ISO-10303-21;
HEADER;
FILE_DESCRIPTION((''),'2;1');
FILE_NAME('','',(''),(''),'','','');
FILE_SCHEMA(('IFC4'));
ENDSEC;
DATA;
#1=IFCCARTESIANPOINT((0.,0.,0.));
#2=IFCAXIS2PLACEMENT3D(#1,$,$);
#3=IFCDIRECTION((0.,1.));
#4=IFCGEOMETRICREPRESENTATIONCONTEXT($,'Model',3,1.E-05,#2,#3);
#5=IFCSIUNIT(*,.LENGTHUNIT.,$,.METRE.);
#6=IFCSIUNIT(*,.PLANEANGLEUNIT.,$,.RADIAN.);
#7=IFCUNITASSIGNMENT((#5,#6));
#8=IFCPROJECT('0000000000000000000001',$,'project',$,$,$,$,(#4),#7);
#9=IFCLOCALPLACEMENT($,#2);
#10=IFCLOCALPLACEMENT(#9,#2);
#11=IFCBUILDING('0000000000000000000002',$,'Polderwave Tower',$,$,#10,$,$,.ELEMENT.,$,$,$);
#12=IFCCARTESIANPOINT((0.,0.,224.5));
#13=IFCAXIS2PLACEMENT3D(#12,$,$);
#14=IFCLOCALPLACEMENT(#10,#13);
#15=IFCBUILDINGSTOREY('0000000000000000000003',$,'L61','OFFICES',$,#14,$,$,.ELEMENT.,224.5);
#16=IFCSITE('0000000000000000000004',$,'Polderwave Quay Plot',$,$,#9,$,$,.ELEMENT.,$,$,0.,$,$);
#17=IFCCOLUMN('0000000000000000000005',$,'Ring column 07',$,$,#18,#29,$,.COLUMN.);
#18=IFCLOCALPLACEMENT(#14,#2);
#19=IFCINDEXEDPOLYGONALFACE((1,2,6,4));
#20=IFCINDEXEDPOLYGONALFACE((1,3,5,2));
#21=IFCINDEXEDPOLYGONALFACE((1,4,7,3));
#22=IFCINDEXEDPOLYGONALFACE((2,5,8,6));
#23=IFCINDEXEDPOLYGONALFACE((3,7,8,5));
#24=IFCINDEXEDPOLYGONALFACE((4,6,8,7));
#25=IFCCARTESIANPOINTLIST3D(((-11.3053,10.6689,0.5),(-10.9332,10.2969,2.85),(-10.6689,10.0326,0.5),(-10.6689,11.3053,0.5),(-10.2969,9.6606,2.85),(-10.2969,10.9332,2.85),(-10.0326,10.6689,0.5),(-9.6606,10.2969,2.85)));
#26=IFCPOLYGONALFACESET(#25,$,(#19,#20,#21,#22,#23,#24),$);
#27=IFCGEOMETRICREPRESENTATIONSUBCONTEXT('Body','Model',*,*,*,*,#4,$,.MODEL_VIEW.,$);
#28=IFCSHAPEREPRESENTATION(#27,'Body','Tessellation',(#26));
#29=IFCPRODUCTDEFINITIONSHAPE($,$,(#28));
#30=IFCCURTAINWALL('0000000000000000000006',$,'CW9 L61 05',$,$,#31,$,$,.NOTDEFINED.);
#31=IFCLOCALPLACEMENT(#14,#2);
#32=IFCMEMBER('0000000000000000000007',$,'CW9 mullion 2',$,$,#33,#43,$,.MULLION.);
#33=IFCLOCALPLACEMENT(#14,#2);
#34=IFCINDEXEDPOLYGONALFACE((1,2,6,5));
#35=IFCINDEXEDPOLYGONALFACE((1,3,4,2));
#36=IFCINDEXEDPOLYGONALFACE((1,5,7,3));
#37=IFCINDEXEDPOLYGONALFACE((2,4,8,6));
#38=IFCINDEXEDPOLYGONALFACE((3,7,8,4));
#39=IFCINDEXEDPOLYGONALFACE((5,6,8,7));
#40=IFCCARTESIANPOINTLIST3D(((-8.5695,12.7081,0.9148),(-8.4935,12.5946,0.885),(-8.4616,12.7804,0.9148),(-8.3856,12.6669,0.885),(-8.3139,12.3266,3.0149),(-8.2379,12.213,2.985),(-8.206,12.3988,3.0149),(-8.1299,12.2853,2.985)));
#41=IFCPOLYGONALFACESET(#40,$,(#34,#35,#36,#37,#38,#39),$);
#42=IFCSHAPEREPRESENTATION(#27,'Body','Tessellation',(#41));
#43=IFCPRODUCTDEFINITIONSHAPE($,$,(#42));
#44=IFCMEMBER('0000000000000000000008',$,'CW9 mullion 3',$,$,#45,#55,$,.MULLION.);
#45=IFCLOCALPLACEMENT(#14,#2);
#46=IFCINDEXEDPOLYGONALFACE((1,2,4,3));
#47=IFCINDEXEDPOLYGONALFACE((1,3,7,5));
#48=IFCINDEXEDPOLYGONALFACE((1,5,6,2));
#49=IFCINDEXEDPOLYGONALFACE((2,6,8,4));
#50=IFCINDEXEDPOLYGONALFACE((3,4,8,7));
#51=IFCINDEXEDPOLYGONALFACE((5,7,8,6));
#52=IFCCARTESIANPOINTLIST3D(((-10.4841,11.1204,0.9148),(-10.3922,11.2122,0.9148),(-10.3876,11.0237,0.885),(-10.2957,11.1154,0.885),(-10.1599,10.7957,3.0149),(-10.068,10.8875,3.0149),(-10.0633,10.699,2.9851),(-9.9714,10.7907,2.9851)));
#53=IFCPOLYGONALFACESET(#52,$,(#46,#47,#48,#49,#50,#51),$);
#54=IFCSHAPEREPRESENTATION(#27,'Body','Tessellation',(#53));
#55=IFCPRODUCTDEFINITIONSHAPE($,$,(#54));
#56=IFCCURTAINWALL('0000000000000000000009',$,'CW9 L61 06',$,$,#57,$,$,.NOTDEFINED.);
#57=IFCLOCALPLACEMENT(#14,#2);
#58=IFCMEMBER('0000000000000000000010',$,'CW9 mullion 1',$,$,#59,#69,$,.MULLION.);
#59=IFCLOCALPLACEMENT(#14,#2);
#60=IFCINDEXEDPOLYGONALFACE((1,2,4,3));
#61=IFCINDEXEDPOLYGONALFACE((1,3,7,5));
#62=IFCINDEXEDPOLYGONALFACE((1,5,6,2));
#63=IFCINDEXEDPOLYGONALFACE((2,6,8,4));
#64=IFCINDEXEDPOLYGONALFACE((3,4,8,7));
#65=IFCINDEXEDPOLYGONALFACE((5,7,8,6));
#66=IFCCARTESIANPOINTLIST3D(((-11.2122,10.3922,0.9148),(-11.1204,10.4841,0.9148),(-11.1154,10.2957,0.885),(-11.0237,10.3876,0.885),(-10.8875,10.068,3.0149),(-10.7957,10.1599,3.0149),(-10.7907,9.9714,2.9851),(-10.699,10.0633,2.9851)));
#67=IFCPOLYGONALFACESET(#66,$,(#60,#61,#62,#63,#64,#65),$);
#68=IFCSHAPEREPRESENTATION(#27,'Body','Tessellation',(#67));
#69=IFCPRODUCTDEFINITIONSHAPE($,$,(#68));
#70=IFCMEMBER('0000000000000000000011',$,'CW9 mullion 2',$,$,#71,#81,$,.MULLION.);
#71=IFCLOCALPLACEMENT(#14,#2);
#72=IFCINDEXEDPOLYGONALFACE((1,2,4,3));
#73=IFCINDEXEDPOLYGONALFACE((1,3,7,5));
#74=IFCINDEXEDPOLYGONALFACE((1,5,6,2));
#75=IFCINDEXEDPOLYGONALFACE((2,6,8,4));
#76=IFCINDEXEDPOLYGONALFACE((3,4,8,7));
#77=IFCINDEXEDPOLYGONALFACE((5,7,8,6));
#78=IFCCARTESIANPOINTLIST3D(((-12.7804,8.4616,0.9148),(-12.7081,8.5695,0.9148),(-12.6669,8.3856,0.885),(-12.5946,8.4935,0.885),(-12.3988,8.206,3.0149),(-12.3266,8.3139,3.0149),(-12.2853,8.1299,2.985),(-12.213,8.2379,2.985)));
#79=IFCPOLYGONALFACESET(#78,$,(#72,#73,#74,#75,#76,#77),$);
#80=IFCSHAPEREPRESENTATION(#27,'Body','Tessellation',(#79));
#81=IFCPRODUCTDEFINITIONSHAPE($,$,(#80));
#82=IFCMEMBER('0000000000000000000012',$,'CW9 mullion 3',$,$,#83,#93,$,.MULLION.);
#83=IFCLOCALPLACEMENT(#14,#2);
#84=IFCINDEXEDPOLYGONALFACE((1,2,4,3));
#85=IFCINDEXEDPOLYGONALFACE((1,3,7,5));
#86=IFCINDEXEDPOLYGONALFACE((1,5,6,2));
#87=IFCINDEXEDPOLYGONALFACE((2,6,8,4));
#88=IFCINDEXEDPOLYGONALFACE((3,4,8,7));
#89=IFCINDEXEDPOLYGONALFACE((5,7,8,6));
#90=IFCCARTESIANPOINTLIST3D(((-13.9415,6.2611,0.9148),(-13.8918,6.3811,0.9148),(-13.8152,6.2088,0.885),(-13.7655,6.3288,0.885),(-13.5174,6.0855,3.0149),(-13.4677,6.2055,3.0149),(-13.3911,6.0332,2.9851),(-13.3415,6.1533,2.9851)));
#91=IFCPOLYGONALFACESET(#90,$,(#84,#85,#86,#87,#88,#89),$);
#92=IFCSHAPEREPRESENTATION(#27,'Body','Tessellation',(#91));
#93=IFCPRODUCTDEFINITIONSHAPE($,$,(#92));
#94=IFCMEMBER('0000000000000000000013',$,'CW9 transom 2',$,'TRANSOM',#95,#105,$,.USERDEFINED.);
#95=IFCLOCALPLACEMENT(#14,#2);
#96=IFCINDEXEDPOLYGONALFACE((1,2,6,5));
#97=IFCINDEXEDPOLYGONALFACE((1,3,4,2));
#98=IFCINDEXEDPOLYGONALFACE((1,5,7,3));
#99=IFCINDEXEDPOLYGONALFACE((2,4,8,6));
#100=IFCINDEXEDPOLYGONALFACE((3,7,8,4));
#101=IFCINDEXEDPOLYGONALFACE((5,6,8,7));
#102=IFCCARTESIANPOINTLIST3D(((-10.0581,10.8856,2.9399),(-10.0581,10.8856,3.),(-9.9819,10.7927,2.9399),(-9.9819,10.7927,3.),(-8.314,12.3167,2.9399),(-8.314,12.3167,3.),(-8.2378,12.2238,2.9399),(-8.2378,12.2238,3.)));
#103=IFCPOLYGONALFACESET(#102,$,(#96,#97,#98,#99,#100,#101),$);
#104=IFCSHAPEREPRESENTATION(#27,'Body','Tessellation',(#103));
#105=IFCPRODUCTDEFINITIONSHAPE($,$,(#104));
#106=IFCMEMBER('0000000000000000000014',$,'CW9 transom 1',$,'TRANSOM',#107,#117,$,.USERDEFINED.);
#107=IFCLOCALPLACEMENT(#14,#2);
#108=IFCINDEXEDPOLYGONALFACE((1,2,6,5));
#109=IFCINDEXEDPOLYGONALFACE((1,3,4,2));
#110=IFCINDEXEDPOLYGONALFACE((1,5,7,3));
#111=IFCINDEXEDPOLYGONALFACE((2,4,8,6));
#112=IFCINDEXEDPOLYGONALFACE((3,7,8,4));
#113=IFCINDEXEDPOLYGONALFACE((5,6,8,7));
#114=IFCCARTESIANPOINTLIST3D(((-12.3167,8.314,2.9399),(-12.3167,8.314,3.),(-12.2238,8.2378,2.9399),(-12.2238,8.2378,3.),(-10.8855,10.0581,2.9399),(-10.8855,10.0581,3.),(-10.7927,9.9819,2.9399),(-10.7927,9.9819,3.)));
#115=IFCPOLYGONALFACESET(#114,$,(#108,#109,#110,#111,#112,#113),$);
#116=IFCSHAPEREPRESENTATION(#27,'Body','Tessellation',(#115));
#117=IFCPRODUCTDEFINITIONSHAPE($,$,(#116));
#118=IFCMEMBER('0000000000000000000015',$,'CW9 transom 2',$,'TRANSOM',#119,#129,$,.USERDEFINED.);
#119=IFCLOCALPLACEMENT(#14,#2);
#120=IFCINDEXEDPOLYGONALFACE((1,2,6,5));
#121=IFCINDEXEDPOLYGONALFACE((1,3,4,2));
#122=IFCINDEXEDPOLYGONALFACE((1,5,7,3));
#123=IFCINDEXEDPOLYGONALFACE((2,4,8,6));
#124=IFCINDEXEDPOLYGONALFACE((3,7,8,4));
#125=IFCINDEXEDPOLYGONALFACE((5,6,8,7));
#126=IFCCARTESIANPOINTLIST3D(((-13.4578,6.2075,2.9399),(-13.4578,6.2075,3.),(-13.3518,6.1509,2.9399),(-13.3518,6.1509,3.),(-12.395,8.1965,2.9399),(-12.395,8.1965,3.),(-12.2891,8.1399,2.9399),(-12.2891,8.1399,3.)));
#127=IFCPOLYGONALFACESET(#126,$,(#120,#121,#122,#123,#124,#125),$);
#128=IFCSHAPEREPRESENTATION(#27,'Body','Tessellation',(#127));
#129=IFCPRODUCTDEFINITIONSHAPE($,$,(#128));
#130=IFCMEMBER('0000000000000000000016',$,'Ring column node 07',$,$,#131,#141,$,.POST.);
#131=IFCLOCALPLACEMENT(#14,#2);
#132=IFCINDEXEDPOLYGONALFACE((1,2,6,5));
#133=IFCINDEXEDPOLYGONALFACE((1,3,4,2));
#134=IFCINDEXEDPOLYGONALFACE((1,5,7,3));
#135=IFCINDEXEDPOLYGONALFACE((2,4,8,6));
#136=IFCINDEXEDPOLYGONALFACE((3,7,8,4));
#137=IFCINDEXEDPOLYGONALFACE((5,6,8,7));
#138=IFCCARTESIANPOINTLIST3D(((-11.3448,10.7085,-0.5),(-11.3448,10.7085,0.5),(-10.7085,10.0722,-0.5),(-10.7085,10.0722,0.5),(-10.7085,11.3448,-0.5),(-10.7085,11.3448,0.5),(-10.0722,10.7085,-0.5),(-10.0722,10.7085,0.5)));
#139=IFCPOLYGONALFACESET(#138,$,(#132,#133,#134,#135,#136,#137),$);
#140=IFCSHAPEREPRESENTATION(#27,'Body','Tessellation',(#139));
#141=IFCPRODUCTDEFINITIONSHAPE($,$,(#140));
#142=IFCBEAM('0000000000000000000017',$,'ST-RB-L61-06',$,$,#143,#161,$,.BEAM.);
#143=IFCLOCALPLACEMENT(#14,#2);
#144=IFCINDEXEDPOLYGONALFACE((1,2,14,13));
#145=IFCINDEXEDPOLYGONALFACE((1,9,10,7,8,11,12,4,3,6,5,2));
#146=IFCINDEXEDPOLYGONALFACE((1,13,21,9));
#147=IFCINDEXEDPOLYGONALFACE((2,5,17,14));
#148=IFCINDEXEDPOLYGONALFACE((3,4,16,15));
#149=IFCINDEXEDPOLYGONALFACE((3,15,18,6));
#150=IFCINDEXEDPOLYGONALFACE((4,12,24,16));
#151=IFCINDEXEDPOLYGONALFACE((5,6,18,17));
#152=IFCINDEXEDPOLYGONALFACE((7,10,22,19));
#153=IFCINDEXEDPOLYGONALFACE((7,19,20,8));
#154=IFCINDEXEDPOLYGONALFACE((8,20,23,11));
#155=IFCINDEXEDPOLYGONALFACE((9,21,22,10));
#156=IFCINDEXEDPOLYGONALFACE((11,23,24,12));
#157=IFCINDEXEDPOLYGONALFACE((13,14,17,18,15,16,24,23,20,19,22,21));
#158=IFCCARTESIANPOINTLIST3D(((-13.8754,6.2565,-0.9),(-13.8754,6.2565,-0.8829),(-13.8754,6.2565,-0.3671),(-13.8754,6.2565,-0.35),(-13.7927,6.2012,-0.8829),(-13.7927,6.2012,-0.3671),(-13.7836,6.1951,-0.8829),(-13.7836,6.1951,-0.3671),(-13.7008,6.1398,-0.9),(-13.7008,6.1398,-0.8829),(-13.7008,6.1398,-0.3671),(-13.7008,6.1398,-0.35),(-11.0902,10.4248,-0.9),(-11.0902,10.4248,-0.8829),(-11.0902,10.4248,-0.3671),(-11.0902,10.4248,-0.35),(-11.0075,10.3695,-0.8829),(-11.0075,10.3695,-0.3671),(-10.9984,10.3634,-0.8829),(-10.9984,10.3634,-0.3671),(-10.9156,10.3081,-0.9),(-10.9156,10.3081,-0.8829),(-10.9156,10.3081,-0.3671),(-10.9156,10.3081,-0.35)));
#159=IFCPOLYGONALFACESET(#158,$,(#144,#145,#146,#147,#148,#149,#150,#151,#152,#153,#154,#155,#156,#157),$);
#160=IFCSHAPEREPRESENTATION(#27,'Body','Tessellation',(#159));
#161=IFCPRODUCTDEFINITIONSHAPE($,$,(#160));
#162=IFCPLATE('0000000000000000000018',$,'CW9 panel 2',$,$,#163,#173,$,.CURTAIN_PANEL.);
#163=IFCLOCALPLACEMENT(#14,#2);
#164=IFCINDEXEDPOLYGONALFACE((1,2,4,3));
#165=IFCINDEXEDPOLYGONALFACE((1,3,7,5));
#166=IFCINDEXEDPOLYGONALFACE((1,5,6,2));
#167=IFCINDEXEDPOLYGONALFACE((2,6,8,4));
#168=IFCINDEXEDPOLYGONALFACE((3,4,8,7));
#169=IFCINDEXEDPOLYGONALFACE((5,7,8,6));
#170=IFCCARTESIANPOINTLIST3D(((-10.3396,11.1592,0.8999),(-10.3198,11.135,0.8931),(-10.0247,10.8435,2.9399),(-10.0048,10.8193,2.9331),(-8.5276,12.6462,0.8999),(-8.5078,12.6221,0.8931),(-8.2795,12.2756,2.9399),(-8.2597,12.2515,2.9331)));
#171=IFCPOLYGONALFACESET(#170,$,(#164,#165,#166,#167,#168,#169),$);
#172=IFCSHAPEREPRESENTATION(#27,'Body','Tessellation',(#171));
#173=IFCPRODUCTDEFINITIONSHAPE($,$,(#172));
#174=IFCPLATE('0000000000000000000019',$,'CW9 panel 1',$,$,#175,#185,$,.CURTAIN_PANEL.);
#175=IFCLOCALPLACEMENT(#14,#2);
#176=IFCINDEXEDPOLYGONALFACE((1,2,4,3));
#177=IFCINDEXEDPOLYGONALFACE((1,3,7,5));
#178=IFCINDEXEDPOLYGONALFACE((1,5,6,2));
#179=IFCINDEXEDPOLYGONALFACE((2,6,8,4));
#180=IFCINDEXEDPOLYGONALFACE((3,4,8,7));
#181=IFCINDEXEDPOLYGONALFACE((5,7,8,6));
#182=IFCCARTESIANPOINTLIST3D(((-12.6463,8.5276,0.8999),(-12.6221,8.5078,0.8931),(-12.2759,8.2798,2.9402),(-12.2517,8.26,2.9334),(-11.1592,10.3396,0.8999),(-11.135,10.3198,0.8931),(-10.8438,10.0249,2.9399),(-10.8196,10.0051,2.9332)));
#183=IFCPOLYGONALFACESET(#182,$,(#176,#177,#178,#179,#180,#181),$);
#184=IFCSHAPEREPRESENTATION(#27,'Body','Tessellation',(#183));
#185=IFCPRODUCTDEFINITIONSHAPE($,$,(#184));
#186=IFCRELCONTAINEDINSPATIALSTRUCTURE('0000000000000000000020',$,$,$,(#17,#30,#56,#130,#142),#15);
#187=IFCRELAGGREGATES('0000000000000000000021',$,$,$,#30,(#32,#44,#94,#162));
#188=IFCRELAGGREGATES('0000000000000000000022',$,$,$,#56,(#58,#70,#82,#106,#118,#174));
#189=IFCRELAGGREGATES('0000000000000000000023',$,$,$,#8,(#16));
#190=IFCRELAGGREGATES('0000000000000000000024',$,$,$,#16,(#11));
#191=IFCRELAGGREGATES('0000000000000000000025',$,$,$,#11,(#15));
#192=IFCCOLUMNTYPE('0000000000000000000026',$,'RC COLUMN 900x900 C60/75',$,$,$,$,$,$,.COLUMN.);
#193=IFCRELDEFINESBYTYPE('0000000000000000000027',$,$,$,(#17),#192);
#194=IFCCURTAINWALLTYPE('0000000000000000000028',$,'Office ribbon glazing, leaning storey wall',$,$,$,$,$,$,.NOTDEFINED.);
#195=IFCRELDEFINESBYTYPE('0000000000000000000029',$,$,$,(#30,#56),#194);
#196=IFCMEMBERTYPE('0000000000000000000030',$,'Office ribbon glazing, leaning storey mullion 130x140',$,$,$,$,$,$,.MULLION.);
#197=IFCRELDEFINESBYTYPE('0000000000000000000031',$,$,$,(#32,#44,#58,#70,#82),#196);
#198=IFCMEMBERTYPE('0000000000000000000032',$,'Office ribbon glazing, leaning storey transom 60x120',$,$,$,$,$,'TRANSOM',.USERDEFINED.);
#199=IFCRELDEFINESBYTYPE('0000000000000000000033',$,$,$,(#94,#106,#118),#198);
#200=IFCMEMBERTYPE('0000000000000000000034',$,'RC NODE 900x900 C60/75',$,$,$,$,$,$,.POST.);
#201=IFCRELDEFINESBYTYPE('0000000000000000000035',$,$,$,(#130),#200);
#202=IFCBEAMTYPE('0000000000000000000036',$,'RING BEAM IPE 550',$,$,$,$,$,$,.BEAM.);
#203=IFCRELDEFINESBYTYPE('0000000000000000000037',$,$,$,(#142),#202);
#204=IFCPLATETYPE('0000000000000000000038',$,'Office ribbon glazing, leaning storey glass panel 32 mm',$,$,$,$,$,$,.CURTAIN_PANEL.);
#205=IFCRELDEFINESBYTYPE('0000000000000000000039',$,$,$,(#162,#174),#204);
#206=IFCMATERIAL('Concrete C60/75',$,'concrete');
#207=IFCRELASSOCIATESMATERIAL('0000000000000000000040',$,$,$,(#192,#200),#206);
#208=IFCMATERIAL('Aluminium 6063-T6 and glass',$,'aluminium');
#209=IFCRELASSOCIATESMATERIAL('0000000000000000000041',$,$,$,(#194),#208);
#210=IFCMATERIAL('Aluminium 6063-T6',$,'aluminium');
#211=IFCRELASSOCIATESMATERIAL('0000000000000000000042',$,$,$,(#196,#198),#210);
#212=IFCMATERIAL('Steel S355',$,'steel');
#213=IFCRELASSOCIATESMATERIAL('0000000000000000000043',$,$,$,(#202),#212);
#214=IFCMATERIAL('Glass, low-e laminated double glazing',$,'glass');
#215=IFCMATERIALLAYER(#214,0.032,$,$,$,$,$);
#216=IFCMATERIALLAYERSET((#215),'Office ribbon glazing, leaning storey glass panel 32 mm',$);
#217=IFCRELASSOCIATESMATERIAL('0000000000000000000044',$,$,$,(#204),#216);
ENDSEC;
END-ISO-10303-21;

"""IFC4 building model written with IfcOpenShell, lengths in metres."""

from ifc_helpers import new_model, si_unit, direction, frame, origin, origin_2d, place, context, subcontext, project, spatial, polyline, rectangle, i_section, outline, extrude, material, layer, layer_set, material_profile, profile_set, type_object, element, aggregate, save


model = new_model("IFC4")

# Units and contexts
model_context = context("Model", 3, precision=1e-05, world=origin(), true_north=direction((0.0, 1.0)))
body_context = subcontext(model_context, "Body", "Model", "MODEL_VIEW")
ifc_project = project(units=[si_unit("LENGTHUNIT", "METRE"), si_unit("PLANEANGLEUNIT", "RADIAN")], contexts=[model_context])

# Site, building, storey
site_placement = place(None, origin())
site = spatial("IfcSite", under=ifc_project, at=site_placement, Name="Polderwave Quay Plot", CompositionType="ELEMENT", RefElevation=0.0)
building_placement = place(site_placement, origin())
building = spatial("IfcBuilding", under=site, at=building_placement, Name="Polderwave Tower", CompositionType="ELEMENT")
storey_placement = place(building_placement, frame((0.0, 0.0, 224.5)))
storey = spatial("IfcBuildingStorey", under=building, at=storey_placement, Name="L61", Description="OFFICES", CompositionType="ELEMENT", Elevation=224.5)

# Column
ifc_material_1 = material(Name="Concrete C60/75", Category="concrete")
ifc_material_profile_1 = material_profile(ifc_material_1, rectangle(XDim=0.8999, YDim=0.8999, at=origin_2d()), Name="RC 900x900")
ifc_profile_set_1 = profile_set([ifc_material_profile_1], Name="Concrete C60/75")
column_type = type_object("IfcColumnType", Name="RC COLUMN 900x900 C60/75", PredefinedType="COLUMN", material=ifc_profile_set_1)
column_placement = place(storey_placement, frame((-10.6689, 10.6689, 0.5), z_axis=(0.0, 0.0, 1.0), x_axis=(0.707107, 0.707107, 0.0)))
element("IfcColumn", 1, at=column_placement, inside=storey, type_object=column_type, Name="Ring column 07", PredefinedType="COLUMN", context=body_context, shape_type="SweptSolid", body=[
    extrude(rectangle(XDim=0.8999, YDim=0.8999, at=origin_2d()), origin(), (0.0, -0.21849, 0.975839), 2.4082),
])

# Curtain walls, members
ifc_material_2 = material(Name="Aluminium 6063-T6 and glass", Category="aluminium")
curtain_wall_type = type_object("IfcCurtainWallType", Name="Office ribbon glazing, leaning storey wall", PredefinedType="NOTDEFINED", material=ifc_material_2)
curtain_wall_1_placement = place(storey_placement, origin())
curtain_wall_1 = element("IfcCurtainWall", 2, at=curtain_wall_1_placement, inside=storey, type_object=curtain_wall_type, Name="CW9 L61 05", PredefinedType="NOTDEFINED")
ifc_material_3 = material(Name="Aluminium 6063-T6", Category="aluminium")
ifc_material_profile_2 = material_profile(ifc_material_3, rectangle(XDim=0.1299, YDim=0.1399, at=origin_2d()), Name="AL 130x140")
ifc_profile_set_2 = profile_set([ifc_material_profile_2], Name="Aluminium 6063-T6")
member_type_1 = type_object("IfcMemberType", Name="Office ribbon glazing, leaning storey mullion 130x140", PredefinedType="MULLION", material=ifc_profile_set_2)
member_1_placement = place(storey_placement, frame((-8.4775, 12.6875, 0.8999), z_axis=(0.118905, -0.177506, 0.97691), x_axis=(0.830822, 0.556539, 0.0)))
member_1 = element("IfcMember", 3, at=member_1_placement, type_object=member_type_1, Name="CW9 mullion 2", PredefinedType="MULLION", context=body_context, shape_type="SweptSolid", body=[
    extrude(rectangle(XDim=0.1299, YDim=0.1399, at=origin_2d()), origin(), (0.0, 0.0, 1.0), 2.1497),
])
member_2_placement = place(storey_placement, frame((-10.3899, 11.1179, 0.8999), z_axis=(0.150825, -0.151052, 0.976952), x_axis=(0.707639, 0.706575, 0.0)))
member_2 = element("IfcMember", 4, at=member_2_placement, type_object=member_type_1, Name="CW9 mullion 3", PredefinedType="MULLION", context=body_context, shape_type="SweptSolid", body=[
    extrude(rectangle(XDim=0.1299, YDim=0.1399, at=origin_2d()), origin(), (0.0, 0.0, 1.0), 2.1497),
])
curtain_wall_2_placement = place(storey_placement, origin())
curtain_wall_2 = element("IfcCurtainWall", 5, at=curtain_wall_2_placement, inside=storey, type_object=curtain_wall_type, Name="CW9 L61 06", PredefinedType="NOTDEFINED")
member_3_placement = place(storey_placement, frame((-11.1179, 10.3899, 0.8999), z_axis=(0.151052, -0.150825, 0.976952), x_axis=(0.706575, 0.707639, 0.0)))
member_3 = element("IfcMember", 6, at=member_3_placement, type_object=member_type_1, Name="CW9 mullion 1", PredefinedType="MULLION", context=body_context, shape_type="SweptSolid", body=[
    extrude(rectangle(XDim=0.1299, YDim=0.1399, at=origin_2d()), origin(), (0.0, 0.0, 1.0), 2.1497),
])
member_4_placement = place(storey_placement, frame((-12.6875, 8.4775, 0.8999), z_axis=(0.177506, -0.118905, 0.97691), x_axis=(0.556539, 0.830822, 0.0)))
member_4 = element("IfcMember", 7, at=member_4_placement, type_object=member_type_1, Name="CW9 mullion 2", PredefinedType="MULLION", context=body_context, shape_type="SweptSolid", body=[
    extrude(rectangle(XDim=0.1299, YDim=0.1399, at=origin_2d()), origin(), (0.0, 0.0, 1.0), 2.1497),
])
member_5_placement = place(storey_placement, frame((-13.8535, 6.2949, 0.8999), z_axis=(0.197274, -0.081658, 0.976942), x_axis=(0.382461, 0.923971, 0.0)))
member_5 = element("IfcMember", 8, at=member_5_placement, type_object=member_type_1, Name="CW9 mullion 3", PredefinedType="MULLION", context=body_context, shape_type="SweptSolid", body=[
    extrude(rectangle(XDim=0.1299, YDim=0.1399, at=origin_2d()), origin(), (0.0, 0.0, 1.0), 2.1497),
])

# Members
ifc_material_profile_3 = material_profile(ifc_material_3, rectangle(XDim=0.1201, YDim=0.0601, at=origin_2d()), Name="AL 60x120")
ifc_profile_set_3 = profile_set([ifc_material_profile_3], Name="Aluminium 6063-T6")
member_type_2 = type_object("IfcMemberType", Name="Office ribbon glazing, leaning storey transom 60x120", ElementType="TRANSOM", PredefinedType="USERDEFINED", material=ifc_profile_set_3)
member_6_placement = place(storey_placement, frame((-8.2759, 12.2703, 2.97), z_axis=(-0.77306, -0.634333, 0.0), x_axis=(0.634333, -0.77306, 0.0)))
member_6 = element("IfcMember", 9, at=member_6_placement, type_object=member_type_2, Name="CW9 transom 2", ObjectType="TRANSOM", PredefinedType="USERDEFINED", context=body_context, shape_type="SweptSolid", body=[
    extrude(rectangle(XDim=0.1201, YDim=0.0601, at=origin_2d()), origin(), (0.0, 0.0, 1.0), 2.2561),
])
member_7_placement = place(storey_placement, frame((-10.8391, 10.02, 2.97), z_axis=(-0.634333, -0.77306, 0.0), x_axis=(0.77306, -0.634333, 0.0)))
member_7 = element("IfcMember", 10, at=member_7_placement, type_object=member_type_2, Name="CW9 transom 1", ObjectType="TRANSOM", PredefinedType="USERDEFINED", context=body_context, shape_type="SweptSolid", body=[
    extrude(rectangle(XDim=0.1201, YDim=0.0601, at=origin_2d()), origin(), (0.0, 0.0, 1.0), 2.2561),
])
member_8_placement = place(storey_placement, frame((-12.342, 8.1682, 2.97), z_axis=(-0.471257, -0.881996, 0.0), x_axis=(0.881996, -0.471257, 0.0)))
member_8 = element("IfcMember", 11, at=member_8_placement, type_object=member_type_2, Name="CW9 transom 2", ObjectType="TRANSOM", PredefinedType="USERDEFINED", context=body_context, shape_type="SweptSolid", body=[
    extrude(rectangle(XDim=0.1201, YDim=0.0601, at=origin_2d()), origin(), (0.0, 0.0, 1.0), 2.2551),
])
ifc_material_profile_4 = material_profile(ifc_material_1, rectangle(XDim=0.8999, YDim=0.8999, at=origin_2d()), Name="RC 900x900")
ifc_profile_set_4 = profile_set([ifc_material_profile_4], Name="Concrete C60/75")
member_type_3 = type_object("IfcMemberType", Name="RC NODE 900x900 C60/75", PredefinedType="POST", material=ifc_profile_set_4)
member_9_placement = place(storey_placement, frame((-10.7085, 10.7085, -0.5), z_axis=(0.0, 0.0, 1.0), x_axis=(-0.707107, 0.707107, 0.0)))
element("IfcMember", 12, at=member_9_placement, inside=storey, type_object=member_type_3, Name="Ring column node 07", PredefinedType="POST", context=body_context, shape_type="SweptSolid", body=[
    extrude(rectangle(XDim=0.8999, YDim=0.8999, at=origin_2d()), origin(), (0.0, 0.0, 1.0), 1.0),
])

# Beam
ifc_material_4 = material(Name="Steel S355", Category="steel")
ifc_material_profile_5 = material_profile(ifc_material_4, i_section(OverallWidth=0.21, OverallDepth=0.55, WebThickness=0.011, FlangeThickness=0.0171, at=origin_2d()), Name="IPE 550")
ifc_profile_set_5 = profile_set([ifc_material_profile_5], Name="Steel S355")
beam_type = type_object("IfcBeamType", Name="RING BEAM IPE 550", PredefinedType="BEAM", material=ifc_profile_set_5)
beam_placement = place(storey_placement, frame((-11.0029, 10.3665, -0.625), z_axis=(-0.555576, -0.831465, 0.0), x_axis=(0.831465, -0.555576, 0.0)))
element("IfcBeam", 13, at=beam_placement, inside=storey, type_object=beam_type, Name="ST-RB-L61-06", PredefinedType="BEAM", context=body_context, shape_type="SweptSolid", body=[
    extrude(i_section(OverallWidth=0.21, OverallDepth=0.55, WebThickness=0.011, FlangeThickness=0.0171, at=origin_2d()), origin(), (0.0, 0.0, 1.0), 5.0132),
])

# Plates
ifc_material_5 = material(Name="Glass, low-e laminated double glazing", Category="glass")
ifc_layer_1 = layer(ifc_material_5, 0.032)
ifc_layer_set_1 = layer_set([ifc_layer_1], Name="Office ribbon glazing, leaning storey glass panel 32 mm")
plate_type = type_object("IfcPlateType", Name="Office ribbon glazing, leaning storey glass panel 32 mm", PredefinedType="CURTAIN_PANEL", material=ifc_layer_set_1)
plate_1_placement = place(storey_placement, frame((-8.5276, 12.6462, 0.8999), z_axis=(-0.619884, 0.755349, 0.212586), x_axis=(-0.773018, -0.634384, 0.000001)))
plate_1 = element("IfcPlate", 14, at=plate_1_placement, type_object=plate_type, Name="CW9 panel 2", PredefinedType="CURTAIN_PANEL", context=body_context, shape_type="SweptSolid", body=[
    extrude(outline(polyline([(0.0, 0.0), (2.3441, 0.0), (2.3009, 2.0878), (0.0434, 2.0878), (0.0, 0.0)])), origin(), (0.0, 0.0, -1.0), 0.032),
])
aggregate(curtain_wall_1, [member_1, member_2, member_6, plate_1])
plate_2_placement = place(storey_placement, frame((-11.1592, 10.3396, 0.8999), z_axis=(-0.75537, 0.619916, 0.212417), x_axis=(-0.634393, -0.773011, 0.000001)))
plate_2 = element("IfcPlate", 15, at=plate_2_placement, type_object=plate_type, Name="CW9 panel 1", PredefinedType="CURTAIN_PANEL", context=body_context, shape_type="SweptSolid", body=[
    extrude(outline(polyline([(0.0, 0.0), (2.3441, 0.0), (2.3007, 2.0879), (0.0432, 2.0877), (0.0, 0.0)])), origin(), (0.0, 0.0, -1.0), 0.032),
])
aggregate(curtain_wall_2, [member_3, member_4, member_5, member_7, member_8, plate_2])

save(model, "model.ifc")
